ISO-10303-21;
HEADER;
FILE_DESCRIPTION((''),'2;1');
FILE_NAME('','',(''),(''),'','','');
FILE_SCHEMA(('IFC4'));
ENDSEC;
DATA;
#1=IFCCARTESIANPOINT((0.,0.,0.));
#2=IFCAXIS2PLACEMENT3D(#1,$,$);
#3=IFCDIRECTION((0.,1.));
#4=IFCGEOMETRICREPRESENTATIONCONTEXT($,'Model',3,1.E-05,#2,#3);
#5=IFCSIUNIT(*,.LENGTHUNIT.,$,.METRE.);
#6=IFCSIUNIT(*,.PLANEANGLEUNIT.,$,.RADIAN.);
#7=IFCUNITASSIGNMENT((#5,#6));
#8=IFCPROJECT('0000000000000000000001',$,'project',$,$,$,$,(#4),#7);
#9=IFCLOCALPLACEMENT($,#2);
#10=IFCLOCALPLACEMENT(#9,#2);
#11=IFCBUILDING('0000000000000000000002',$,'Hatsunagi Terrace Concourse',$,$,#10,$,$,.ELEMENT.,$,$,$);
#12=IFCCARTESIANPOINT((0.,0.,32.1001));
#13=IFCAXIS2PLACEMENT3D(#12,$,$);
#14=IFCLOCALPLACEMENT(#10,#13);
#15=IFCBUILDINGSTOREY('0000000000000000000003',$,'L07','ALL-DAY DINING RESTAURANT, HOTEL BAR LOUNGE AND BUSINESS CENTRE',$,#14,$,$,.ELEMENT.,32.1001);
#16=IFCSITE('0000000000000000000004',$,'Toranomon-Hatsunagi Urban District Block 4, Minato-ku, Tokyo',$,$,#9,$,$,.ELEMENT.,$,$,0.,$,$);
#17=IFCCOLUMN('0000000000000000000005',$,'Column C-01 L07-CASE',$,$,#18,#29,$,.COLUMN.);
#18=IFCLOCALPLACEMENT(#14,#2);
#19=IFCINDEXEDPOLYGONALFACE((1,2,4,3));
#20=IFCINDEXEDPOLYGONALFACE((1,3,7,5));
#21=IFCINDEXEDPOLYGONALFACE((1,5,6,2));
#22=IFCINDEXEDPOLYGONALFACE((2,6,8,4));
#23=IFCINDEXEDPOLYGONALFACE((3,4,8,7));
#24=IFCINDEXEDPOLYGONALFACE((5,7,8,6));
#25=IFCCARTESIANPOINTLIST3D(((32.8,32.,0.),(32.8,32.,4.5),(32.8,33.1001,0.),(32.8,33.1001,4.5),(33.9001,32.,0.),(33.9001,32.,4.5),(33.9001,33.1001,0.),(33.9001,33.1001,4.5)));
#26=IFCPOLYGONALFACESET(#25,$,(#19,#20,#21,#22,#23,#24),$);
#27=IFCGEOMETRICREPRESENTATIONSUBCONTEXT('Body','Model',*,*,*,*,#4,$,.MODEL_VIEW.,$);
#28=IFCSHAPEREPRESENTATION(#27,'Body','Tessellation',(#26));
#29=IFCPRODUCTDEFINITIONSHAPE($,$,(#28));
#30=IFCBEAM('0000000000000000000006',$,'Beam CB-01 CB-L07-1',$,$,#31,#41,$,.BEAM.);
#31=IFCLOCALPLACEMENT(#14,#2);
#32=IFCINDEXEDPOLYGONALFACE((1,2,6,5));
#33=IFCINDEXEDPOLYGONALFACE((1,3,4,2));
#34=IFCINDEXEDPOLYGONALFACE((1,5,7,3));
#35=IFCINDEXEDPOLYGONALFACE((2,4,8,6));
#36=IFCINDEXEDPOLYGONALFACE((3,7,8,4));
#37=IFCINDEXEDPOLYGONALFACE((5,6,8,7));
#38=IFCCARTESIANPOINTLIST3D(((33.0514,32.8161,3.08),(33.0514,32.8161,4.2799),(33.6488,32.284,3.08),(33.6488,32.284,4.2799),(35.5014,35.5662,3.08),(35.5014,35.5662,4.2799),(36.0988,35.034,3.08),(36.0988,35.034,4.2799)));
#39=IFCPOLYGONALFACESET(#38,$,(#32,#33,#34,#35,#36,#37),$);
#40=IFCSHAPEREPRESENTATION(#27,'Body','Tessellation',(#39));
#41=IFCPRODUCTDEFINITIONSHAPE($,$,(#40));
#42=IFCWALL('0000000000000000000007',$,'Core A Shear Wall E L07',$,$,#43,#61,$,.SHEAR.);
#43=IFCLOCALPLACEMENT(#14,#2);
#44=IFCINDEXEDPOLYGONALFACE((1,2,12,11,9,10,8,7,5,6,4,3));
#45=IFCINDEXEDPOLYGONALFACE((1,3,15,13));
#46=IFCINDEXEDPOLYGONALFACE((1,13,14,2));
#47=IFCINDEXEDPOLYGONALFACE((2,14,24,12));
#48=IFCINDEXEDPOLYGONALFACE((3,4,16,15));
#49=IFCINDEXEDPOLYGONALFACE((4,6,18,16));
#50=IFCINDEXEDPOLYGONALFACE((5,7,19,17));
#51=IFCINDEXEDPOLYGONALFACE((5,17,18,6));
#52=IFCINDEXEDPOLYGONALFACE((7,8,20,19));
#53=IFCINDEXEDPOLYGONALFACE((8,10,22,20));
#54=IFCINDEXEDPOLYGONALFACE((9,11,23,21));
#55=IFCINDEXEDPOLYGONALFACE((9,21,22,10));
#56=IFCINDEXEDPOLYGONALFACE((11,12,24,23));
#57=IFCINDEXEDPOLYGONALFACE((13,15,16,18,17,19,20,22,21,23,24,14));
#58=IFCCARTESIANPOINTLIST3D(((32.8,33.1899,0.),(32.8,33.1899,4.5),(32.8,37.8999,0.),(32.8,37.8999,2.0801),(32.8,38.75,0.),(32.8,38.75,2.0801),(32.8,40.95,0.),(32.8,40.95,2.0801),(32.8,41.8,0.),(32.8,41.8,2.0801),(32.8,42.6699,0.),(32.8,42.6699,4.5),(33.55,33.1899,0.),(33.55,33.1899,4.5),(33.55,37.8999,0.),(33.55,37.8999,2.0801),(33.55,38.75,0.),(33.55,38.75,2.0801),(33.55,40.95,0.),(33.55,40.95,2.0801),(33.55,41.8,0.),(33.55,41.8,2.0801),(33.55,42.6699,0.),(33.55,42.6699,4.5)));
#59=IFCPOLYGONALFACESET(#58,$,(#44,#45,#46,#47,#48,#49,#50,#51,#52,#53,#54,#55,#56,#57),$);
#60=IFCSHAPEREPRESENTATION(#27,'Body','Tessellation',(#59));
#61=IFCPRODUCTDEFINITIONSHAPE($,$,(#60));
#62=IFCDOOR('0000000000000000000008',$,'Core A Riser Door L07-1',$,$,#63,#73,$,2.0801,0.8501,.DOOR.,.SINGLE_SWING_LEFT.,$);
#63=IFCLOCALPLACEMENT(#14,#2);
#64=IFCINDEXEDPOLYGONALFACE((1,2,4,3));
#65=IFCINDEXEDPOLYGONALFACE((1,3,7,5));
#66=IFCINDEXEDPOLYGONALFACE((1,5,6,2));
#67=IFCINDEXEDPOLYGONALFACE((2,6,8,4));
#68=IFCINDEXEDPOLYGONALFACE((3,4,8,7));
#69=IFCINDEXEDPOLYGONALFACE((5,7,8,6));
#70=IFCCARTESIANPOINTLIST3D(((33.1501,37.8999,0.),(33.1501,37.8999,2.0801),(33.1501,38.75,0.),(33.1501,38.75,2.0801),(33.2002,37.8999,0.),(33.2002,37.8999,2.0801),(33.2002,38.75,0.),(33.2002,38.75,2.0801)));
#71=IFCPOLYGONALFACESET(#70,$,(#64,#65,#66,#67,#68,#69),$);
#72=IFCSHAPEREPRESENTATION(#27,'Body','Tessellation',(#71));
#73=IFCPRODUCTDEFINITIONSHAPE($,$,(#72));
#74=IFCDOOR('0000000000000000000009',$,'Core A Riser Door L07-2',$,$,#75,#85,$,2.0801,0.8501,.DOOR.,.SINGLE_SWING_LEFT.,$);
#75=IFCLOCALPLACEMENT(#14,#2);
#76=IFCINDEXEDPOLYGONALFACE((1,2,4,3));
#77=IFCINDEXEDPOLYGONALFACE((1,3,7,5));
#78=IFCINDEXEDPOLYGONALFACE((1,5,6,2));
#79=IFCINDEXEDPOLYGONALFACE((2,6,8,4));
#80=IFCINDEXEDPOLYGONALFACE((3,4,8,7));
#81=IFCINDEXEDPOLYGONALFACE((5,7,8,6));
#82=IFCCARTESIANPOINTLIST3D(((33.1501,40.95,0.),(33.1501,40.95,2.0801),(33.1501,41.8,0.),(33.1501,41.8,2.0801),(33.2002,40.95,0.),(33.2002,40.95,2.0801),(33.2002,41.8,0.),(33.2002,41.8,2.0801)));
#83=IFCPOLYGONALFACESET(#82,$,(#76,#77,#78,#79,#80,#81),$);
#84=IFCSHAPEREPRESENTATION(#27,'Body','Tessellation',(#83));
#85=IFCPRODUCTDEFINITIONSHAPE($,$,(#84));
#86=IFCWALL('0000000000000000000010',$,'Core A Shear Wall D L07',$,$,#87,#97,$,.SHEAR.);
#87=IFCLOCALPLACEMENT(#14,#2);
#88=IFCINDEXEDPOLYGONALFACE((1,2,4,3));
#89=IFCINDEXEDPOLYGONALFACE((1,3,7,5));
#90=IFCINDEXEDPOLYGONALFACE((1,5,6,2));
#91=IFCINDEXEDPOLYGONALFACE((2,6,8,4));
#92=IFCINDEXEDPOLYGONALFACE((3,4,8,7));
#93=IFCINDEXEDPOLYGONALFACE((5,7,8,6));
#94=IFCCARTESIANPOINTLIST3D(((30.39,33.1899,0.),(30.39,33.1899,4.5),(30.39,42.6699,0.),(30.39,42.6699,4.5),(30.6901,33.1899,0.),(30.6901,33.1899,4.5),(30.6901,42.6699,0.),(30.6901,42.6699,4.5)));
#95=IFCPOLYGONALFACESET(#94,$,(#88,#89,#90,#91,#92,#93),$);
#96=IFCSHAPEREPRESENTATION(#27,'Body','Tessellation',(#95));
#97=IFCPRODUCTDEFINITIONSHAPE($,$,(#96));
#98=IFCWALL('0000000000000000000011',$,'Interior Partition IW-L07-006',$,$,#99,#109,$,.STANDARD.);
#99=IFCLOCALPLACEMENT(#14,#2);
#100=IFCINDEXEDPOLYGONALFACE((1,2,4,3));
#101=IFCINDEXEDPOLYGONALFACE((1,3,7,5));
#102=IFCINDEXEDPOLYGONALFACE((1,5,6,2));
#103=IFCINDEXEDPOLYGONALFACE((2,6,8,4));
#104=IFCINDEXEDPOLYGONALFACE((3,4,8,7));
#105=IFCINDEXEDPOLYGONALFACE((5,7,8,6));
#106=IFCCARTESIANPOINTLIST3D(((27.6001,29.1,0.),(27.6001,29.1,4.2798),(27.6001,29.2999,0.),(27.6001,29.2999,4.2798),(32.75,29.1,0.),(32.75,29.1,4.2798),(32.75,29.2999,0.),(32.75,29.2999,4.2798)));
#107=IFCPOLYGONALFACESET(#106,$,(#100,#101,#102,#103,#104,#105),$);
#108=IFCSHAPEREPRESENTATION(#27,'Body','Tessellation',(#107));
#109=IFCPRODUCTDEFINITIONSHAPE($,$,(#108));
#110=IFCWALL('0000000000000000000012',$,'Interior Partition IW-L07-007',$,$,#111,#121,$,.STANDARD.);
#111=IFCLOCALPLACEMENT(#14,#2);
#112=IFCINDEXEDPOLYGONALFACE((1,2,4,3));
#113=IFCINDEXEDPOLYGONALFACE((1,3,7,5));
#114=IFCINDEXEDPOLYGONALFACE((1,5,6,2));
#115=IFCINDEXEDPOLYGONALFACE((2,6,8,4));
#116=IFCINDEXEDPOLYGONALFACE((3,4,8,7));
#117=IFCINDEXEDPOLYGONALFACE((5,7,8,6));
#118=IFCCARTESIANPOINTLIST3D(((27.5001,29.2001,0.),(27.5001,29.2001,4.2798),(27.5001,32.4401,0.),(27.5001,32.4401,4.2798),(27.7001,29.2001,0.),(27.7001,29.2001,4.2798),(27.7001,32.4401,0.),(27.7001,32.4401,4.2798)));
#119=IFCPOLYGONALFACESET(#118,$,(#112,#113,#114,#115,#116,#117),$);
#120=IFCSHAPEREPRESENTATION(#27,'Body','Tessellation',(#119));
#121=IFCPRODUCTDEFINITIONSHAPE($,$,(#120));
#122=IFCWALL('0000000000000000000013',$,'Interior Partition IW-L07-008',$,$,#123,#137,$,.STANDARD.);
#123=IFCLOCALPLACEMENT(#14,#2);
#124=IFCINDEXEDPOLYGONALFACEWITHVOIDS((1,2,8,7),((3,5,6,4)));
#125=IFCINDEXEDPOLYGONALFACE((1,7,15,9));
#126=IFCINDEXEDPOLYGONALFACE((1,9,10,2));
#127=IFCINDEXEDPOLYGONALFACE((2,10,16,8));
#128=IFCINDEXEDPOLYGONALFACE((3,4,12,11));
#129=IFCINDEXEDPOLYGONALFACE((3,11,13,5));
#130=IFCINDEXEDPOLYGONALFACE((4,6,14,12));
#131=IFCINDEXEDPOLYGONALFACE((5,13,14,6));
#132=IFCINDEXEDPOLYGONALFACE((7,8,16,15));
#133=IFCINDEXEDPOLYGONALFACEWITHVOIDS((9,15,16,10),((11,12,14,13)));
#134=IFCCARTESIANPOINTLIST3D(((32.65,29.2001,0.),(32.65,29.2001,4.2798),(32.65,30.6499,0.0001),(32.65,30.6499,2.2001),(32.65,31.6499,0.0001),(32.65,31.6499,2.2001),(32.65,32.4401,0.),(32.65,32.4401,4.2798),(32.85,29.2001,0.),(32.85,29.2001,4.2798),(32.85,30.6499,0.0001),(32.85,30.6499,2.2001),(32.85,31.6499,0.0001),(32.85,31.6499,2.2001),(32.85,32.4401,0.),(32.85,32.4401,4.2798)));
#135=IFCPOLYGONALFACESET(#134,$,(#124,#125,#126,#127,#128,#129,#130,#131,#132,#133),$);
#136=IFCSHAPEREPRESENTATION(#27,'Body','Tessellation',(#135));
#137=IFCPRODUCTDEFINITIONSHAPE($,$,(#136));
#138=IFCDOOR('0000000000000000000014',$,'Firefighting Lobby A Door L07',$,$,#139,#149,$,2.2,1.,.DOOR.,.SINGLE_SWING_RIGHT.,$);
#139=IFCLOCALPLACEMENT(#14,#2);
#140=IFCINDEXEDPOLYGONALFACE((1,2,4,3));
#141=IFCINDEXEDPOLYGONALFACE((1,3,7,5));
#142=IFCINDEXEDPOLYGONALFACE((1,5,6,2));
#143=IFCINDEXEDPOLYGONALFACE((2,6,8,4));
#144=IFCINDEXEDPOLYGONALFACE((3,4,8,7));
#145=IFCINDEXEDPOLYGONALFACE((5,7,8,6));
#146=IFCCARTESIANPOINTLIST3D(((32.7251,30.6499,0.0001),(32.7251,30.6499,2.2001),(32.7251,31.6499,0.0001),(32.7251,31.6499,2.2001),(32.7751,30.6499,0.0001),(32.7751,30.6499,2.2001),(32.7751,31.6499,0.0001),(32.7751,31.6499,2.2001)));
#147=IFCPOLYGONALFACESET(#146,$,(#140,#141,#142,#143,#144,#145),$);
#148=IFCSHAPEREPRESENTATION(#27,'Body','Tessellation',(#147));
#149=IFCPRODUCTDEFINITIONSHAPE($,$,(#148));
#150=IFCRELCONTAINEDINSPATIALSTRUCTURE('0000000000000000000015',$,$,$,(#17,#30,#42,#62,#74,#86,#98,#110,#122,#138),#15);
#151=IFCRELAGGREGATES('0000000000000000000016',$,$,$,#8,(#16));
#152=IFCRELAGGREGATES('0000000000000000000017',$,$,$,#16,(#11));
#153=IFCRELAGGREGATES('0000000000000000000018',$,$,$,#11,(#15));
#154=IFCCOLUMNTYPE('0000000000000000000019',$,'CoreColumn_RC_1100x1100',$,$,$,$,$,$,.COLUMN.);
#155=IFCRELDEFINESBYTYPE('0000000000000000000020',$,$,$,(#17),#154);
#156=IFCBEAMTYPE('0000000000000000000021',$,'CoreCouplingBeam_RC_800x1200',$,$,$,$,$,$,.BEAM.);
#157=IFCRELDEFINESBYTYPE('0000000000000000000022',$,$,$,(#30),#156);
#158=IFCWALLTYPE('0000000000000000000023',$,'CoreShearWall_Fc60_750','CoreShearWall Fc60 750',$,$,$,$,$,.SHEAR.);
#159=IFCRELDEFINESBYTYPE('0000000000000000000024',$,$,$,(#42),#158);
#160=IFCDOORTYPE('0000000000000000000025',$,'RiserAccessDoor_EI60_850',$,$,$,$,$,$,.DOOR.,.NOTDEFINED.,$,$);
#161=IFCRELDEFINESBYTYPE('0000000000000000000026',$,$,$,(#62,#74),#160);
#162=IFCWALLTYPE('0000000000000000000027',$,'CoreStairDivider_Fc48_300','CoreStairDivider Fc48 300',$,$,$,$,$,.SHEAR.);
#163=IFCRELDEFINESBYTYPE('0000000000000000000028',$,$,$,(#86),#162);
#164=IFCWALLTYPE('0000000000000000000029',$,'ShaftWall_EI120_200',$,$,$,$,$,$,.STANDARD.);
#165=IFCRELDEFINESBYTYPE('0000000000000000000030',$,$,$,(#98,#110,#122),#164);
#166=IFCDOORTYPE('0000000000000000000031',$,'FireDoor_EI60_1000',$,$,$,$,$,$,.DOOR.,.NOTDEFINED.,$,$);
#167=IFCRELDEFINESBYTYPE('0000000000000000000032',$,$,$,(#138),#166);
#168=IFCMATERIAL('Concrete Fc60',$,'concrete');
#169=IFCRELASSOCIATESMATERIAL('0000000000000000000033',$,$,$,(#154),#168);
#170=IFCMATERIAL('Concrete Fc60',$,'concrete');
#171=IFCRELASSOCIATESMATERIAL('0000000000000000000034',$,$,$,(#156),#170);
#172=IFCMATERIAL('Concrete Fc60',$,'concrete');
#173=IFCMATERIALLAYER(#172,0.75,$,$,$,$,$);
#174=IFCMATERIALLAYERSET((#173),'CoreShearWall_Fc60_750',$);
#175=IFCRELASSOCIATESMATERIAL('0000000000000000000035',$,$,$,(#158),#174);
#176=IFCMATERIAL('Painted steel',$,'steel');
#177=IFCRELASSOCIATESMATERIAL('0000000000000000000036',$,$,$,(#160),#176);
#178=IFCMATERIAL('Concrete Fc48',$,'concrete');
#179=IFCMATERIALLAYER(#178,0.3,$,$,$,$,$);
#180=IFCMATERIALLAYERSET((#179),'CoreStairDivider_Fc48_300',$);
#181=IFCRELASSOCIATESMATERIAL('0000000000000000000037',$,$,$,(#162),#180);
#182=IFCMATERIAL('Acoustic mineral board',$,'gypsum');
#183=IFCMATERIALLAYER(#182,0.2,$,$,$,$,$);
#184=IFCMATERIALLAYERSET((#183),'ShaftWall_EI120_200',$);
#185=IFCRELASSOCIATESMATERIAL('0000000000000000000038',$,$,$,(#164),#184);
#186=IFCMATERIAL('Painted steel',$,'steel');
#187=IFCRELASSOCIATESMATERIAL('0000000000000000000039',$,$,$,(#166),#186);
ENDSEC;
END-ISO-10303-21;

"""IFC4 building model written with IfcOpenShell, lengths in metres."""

from ifc_helpers import new_model, si_unit, direction, frame, frame_2d, origin, origin_2d, place, context, subcontext, project, spatial, rectangle, extrude, material, layer, layer_set, material_profile, profile_set, type_object, element, fill, save


model = new_model("IFC4")

# Units and contexts
model_context = context("Model", 3, precision=1e-05, world=origin(), true_north=direction((0.0, 1.0)))
body_context = subcontext(model_context, "Body", "Model", "MODEL_VIEW")
ifc_project = project(units=[si_unit("LENGTHUNIT", "METRE"), si_unit("PLANEANGLEUNIT", "RADIAN")], contexts=[model_context])

# Site, building, storey
site_placement = place(None, origin())
site = spatial("IfcSite", under=ifc_project, at=site_placement, Name="Toranomon-Hatsunagi Urban District Block 4, Minato-ku, Tokyo", CompositionType="ELEMENT", RefElevation=0.0)
building_placement = place(site_placement, origin())
building = spatial("IfcBuilding", under=site, at=building_placement, Name="Hatsunagi Terrace Concourse", CompositionType="ELEMENT")
storey_placement = place(building_placement, frame((0.0, 0.0, 32.1001)))
storey = spatial("IfcBuildingStorey", under=building, at=storey_placement, Name="L07", Description="ALL-DAY DINING RESTAURANT, HOTEL BAR LOUNGE AND BUSINESS CENTRE", CompositionType="ELEMENT", Elevation=32.1001)

# Column
ifc_material_1 = material(Name="Concrete Fc60", Category="concrete")
ifc_material_profile_1 = material_profile(ifc_material_1, rectangle(XDim=1.1001, YDim=1.1001, at=origin_2d()), Name="RC-1100x1100")
ifc_profile_set_1 = profile_set([ifc_material_profile_1], Name="Concrete Fc60")
column_type = type_object("IfcColumnType", Name="CoreColumn_RC_1100x1100", PredefinedType="COLUMN", material=ifc_profile_set_1)
column_placement = place(storey_placement, frame((33.3501, 32.55, 0.0), z_axis=(0.0, 0.0, 1.0), x_axis=(1.0, 0.0, 0.0)))
element("IfcColumn", 1, at=column_placement, inside=storey, type_object=column_type, Name="Column C-01 L07-CASE", PredefinedType="COLUMN", context=body_context, shape_type="SweptSolid", body=[
    extrude(rectangle(XDim=1.1001, YDim=1.1001, at=origin_2d()), origin(), (0.0, 0.0, 1.0), 4.5),
])

# Beam
ifc_material_2 = material(Name="Concrete Fc60", Category="concrete")
ifc_material_profile_2 = material_profile(ifc_material_2, rectangle(XDim=0.8, YDim=1.2, at=origin_2d()), Name="RC-800x1200")
ifc_profile_set_2 = profile_set([ifc_material_profile_2], Name="Concrete Fc60")
beam_type = type_object("IfcBeamType", Name="CoreCouplingBeam_RC_800x1200", PredefinedType="BEAM", material=ifc_profile_set_2)
beam_placement = place(storey_placement, frame((33.3501, 32.55, 3.6799), z_axis=(0.665199, 0.746666, 0.0), x_axis=(-0.746666, 0.665199, 0.0)))
element("IfcBeam", 2, at=beam_placement, inside=storey, type_object=beam_type, Name="Beam CB-01 CB-L07-1", PredefinedType="BEAM", context=body_context, shape_type="SweptSolid", body=[
    extrude(rectangle(XDim=0.8, YDim=1.2, at=origin_2d()), origin(), (0.0, 0.0, 1.0), 3.6831),
])

# Wall, openings, doors
ifc_material_3 = material(Name="Concrete Fc60", Category="concrete")
ifc_layer_1 = layer(ifc_material_3, 0.75)
ifc_layer_set_1 = layer_set([ifc_layer_1], Name="CoreShearWall_Fc60_750")
wall_type_1 = type_object("IfcWallType", Name="CoreShearWall_Fc60_750", Description="CoreShearWall Fc60 750", PredefinedType="SHEAR", material=ifc_layer_set_1)
wall_1_placement = place(storey_placement, frame((33.175, 33.1899, 0.0), z_axis=(0.0, 0.0, 1.0), x_axis=(0.0, 1.0, 0.0)))
wall_1 = element("IfcWall", 3, at=wall_1_placement, inside=storey, type_object=wall_type_1, Name="Core A Shear Wall E L07", PredefinedType="SHEAR", context=body_context, shape_type="SweptSolid", body=[
    extrude(rectangle(XDim=9.48, YDim=0.75, at=frame_2d((4.74, 0.0))), origin(), (0.0, 0.0, 1.0), 4.5),
])
opening_1_placement = place(wall_1_placement, frame((4.71, 0.0, 0.0)))
opening_1 = element("IfcOpeningElement", 4, at=opening_1_placement, cuts=wall_1, PredefinedType="OPENING", context=body_context, shape_type="SweptSolid", body=[
    extrude(rectangle(XDim=0.8501, YDim=2.0801, at=frame_2d((0.425, 1.04))), frame((0.0, 0.385, 0.0), z_axis=(0.0, -1.0, 0.0), x_axis=(1.0, 0.0, 0.0)), (0.0, 0.0, 1.0), 0.77),
])
opening_2_placement = place(wall_1_placement, frame((7.76, 0.0, 0.0)))
opening_2 = element("IfcOpeningElement", 5, at=opening_2_placement, cuts=wall_1, PredefinedType="OPENING", context=body_context, shape_type="SweptSolid", body=[
    extrude(rectangle(XDim=0.8501, YDim=2.0801, at=frame_2d((0.425, 1.04))), frame((0.0, 0.385, 0.0), z_axis=(0.0, -1.0, 0.0), x_axis=(1.0, 0.0, 0.0)), (0.0, 0.0, 1.0), 0.77),
])
ifc_material_4 = material(Name="Painted steel", Category="steel")
door_type_1 = type_object("IfcDoorType", Name="RiserAccessDoor_EI60_850", OperationType="NOTDEFINED", PredefinedType="DOOR", material=ifc_material_4)
door_1_placement = place(opening_1_placement, origin())
door_1 = element("IfcDoor", 6, at=door_1_placement, inside=storey, type_object=door_type_1, Name="Core A Riser Door L07-1", OperationType="SINGLE_SWING_LEFT", OverallHeight=2.0801, OverallWidth=0.8501, PredefinedType="DOOR", context=body_context, shape_type="SweptSolid", body=[
    extrude(rectangle(XDim=0.8501, YDim=2.0801, at=frame_2d((0.425, 1.04))), frame((0.0, 0.0249, 0.0), z_axis=(0.0, -1.0, 0.0), x_axis=(1.0, 0.0, 0.0)), (0.0, 0.0, 1.0), 0.05),
])
fill(opening_1, door_1)
door_2_placement = place(opening_2_placement, origin())
door_2 = element("IfcDoor", 7, at=door_2_placement, inside=storey, type_object=door_type_1, Name="Core A Riser Door L07-2", OperationType="SINGLE_SWING_LEFT", OverallHeight=2.0801, OverallWidth=0.8501, PredefinedType="DOOR", context=body_context, shape_type="SweptSolid", body=[
    extrude(rectangle(XDim=0.8501, YDim=2.0801, at=frame_2d((0.425, 1.04))), frame((0.0, 0.0249, 0.0), z_axis=(0.0, -1.0, 0.0), x_axis=(1.0, 0.0, 0.0)), (0.0, 0.0, 1.0), 0.05),
])
fill(opening_2, door_2)

# Walls
ifc_material_5 = material(Name="Concrete Fc48", Category="concrete")
ifc_layer_2 = layer(ifc_material_5, 0.3)
ifc_layer_set_2 = layer_set([ifc_layer_2], Name="CoreStairDivider_Fc48_300")
wall_type_2 = type_object("IfcWallType", Name="CoreStairDivider_Fc48_300", Description="CoreStairDivider Fc48 300", PredefinedType="SHEAR", material=ifc_layer_set_2)
wall_2_placement = place(storey_placement, frame((30.54, 33.1899, 0.0), z_axis=(0.0, 0.0, 1.0), x_axis=(0.0, 1.0, 0.0)))
element("IfcWall", 8, at=wall_2_placement, inside=storey, type_object=wall_type_2, Name="Core A Shear Wall D L07", PredefinedType="SHEAR", context=body_context, shape_type="SweptSolid", body=[
    extrude(rectangle(XDim=9.48, YDim=0.3, at=frame_2d((4.74, 0.0))), origin(), (0.0, 0.0, 1.0), 4.5),
])
ifc_material_6 = material(Name="Acoustic mineral board", Category="gypsum")
ifc_layer_3 = layer(ifc_material_6, 0.2)
ifc_layer_set_3 = layer_set([ifc_layer_3], Name="ShaftWall_EI120_200")
wall_type_3 = type_object("IfcWallType", Name="ShaftWall_EI120_200", PredefinedType="STANDARD", material=ifc_layer_set_3)
wall_3_placement = place(storey_placement, frame((27.6001, 29.2, 0.0), z_axis=(0.0, 0.0, 1.0), x_axis=(1.0, 0.0, 0.0)))
element("IfcWall", 9, at=wall_3_placement, inside=storey, type_object=wall_type_3, Name="Interior Partition IW-L07-006", PredefinedType="STANDARD", context=body_context, shape_type="SweptSolid", body=[
    extrude(rectangle(XDim=5.1499, YDim=0.2, at=frame_2d((2.575, 0.0))), origin(), (0.0, 0.0, 1.0), 4.2798),
])
wall_4_placement = place(storey_placement, frame((27.6001, 29.2, 0.0), z_axis=(0.0, 0.0, 1.0), x_axis=(0.0, 1.0, 0.0)))
element("IfcWall", 10, at=wall_4_placement, inside=storey, type_object=wall_type_3, Name="Interior Partition IW-L07-007", PredefinedType="STANDARD", context=body_context, shape_type="SweptSolid", body=[
    extrude(rectangle(XDim=3.24, YDim=0.2, at=frame_2d((1.6201, 0.0))), origin(), (0.0, 0.0, 1.0), 4.2798),
])

# Wall, opening, door
wall_5_placement = place(storey_placement, frame((32.75, 29.2, 0.0), z_axis=(0.0, 0.0, 1.0), x_axis=(0.0, 1.0, 0.0)))
wall_5 = element("IfcWall", 11, at=wall_5_placement, inside=storey, type_object=wall_type_3, Name="Interior Partition IW-L07-008", PredefinedType="STANDARD", context=body_context, shape_type="SweptSolid", body=[
    extrude(rectangle(XDim=3.24, YDim=0.2, at=frame_2d((1.6201, 0.0))), origin(), (0.0, 0.0, 1.0), 4.2798),
])
opening_3_placement = place(wall_5_placement, frame((1.45, 0.0, 0.0)))
opening_3 = element("IfcOpeningElement", 12, at=opening_3_placement, cuts=wall_5, PredefinedType="OPENING", context=body_context, shape_type="SweptSolid", body=[
    extrude(rectangle(XDim=1.0, YDim=2.2, at=frame_2d((0.5, 1.1001))), frame((0.0, 0.1099, 0.0), z_axis=(0.0, -1.0, 0.0), x_axis=(1.0, 0.0, 0.0)), (0.0, 0.0, 1.0), 0.22),
])
ifc_material_7 = material(Name="Painted steel", Category="steel")
door_type_2 = type_object("IfcDoorType", Name="FireDoor_EI60_1000", OperationType="NOTDEFINED", PredefinedType="DOOR", material=ifc_material_7)
door_3_placement = place(opening_3_placement, origin())
door_3 = element("IfcDoor", 13, at=door_3_placement, inside=storey, type_object=door_type_2, Name="Firefighting Lobby A Door L07", OperationType="SINGLE_SWING_RIGHT", OverallHeight=2.2, OverallWidth=1.0, PredefinedType="DOOR", context=body_context, shape_type="SweptSolid", body=[
    extrude(rectangle(XDim=1.0, YDim=2.2, at=frame_2d((0.5, 1.1001))), frame((0.0, 0.0249, 0.0), z_axis=(0.0, -1.0, 0.0), x_axis=(1.0, 0.0, 0.0)), (0.0, 0.0, 1.0), 0.05),
])
fill(opening_3, door_3)

save(model, "model.ifc")
